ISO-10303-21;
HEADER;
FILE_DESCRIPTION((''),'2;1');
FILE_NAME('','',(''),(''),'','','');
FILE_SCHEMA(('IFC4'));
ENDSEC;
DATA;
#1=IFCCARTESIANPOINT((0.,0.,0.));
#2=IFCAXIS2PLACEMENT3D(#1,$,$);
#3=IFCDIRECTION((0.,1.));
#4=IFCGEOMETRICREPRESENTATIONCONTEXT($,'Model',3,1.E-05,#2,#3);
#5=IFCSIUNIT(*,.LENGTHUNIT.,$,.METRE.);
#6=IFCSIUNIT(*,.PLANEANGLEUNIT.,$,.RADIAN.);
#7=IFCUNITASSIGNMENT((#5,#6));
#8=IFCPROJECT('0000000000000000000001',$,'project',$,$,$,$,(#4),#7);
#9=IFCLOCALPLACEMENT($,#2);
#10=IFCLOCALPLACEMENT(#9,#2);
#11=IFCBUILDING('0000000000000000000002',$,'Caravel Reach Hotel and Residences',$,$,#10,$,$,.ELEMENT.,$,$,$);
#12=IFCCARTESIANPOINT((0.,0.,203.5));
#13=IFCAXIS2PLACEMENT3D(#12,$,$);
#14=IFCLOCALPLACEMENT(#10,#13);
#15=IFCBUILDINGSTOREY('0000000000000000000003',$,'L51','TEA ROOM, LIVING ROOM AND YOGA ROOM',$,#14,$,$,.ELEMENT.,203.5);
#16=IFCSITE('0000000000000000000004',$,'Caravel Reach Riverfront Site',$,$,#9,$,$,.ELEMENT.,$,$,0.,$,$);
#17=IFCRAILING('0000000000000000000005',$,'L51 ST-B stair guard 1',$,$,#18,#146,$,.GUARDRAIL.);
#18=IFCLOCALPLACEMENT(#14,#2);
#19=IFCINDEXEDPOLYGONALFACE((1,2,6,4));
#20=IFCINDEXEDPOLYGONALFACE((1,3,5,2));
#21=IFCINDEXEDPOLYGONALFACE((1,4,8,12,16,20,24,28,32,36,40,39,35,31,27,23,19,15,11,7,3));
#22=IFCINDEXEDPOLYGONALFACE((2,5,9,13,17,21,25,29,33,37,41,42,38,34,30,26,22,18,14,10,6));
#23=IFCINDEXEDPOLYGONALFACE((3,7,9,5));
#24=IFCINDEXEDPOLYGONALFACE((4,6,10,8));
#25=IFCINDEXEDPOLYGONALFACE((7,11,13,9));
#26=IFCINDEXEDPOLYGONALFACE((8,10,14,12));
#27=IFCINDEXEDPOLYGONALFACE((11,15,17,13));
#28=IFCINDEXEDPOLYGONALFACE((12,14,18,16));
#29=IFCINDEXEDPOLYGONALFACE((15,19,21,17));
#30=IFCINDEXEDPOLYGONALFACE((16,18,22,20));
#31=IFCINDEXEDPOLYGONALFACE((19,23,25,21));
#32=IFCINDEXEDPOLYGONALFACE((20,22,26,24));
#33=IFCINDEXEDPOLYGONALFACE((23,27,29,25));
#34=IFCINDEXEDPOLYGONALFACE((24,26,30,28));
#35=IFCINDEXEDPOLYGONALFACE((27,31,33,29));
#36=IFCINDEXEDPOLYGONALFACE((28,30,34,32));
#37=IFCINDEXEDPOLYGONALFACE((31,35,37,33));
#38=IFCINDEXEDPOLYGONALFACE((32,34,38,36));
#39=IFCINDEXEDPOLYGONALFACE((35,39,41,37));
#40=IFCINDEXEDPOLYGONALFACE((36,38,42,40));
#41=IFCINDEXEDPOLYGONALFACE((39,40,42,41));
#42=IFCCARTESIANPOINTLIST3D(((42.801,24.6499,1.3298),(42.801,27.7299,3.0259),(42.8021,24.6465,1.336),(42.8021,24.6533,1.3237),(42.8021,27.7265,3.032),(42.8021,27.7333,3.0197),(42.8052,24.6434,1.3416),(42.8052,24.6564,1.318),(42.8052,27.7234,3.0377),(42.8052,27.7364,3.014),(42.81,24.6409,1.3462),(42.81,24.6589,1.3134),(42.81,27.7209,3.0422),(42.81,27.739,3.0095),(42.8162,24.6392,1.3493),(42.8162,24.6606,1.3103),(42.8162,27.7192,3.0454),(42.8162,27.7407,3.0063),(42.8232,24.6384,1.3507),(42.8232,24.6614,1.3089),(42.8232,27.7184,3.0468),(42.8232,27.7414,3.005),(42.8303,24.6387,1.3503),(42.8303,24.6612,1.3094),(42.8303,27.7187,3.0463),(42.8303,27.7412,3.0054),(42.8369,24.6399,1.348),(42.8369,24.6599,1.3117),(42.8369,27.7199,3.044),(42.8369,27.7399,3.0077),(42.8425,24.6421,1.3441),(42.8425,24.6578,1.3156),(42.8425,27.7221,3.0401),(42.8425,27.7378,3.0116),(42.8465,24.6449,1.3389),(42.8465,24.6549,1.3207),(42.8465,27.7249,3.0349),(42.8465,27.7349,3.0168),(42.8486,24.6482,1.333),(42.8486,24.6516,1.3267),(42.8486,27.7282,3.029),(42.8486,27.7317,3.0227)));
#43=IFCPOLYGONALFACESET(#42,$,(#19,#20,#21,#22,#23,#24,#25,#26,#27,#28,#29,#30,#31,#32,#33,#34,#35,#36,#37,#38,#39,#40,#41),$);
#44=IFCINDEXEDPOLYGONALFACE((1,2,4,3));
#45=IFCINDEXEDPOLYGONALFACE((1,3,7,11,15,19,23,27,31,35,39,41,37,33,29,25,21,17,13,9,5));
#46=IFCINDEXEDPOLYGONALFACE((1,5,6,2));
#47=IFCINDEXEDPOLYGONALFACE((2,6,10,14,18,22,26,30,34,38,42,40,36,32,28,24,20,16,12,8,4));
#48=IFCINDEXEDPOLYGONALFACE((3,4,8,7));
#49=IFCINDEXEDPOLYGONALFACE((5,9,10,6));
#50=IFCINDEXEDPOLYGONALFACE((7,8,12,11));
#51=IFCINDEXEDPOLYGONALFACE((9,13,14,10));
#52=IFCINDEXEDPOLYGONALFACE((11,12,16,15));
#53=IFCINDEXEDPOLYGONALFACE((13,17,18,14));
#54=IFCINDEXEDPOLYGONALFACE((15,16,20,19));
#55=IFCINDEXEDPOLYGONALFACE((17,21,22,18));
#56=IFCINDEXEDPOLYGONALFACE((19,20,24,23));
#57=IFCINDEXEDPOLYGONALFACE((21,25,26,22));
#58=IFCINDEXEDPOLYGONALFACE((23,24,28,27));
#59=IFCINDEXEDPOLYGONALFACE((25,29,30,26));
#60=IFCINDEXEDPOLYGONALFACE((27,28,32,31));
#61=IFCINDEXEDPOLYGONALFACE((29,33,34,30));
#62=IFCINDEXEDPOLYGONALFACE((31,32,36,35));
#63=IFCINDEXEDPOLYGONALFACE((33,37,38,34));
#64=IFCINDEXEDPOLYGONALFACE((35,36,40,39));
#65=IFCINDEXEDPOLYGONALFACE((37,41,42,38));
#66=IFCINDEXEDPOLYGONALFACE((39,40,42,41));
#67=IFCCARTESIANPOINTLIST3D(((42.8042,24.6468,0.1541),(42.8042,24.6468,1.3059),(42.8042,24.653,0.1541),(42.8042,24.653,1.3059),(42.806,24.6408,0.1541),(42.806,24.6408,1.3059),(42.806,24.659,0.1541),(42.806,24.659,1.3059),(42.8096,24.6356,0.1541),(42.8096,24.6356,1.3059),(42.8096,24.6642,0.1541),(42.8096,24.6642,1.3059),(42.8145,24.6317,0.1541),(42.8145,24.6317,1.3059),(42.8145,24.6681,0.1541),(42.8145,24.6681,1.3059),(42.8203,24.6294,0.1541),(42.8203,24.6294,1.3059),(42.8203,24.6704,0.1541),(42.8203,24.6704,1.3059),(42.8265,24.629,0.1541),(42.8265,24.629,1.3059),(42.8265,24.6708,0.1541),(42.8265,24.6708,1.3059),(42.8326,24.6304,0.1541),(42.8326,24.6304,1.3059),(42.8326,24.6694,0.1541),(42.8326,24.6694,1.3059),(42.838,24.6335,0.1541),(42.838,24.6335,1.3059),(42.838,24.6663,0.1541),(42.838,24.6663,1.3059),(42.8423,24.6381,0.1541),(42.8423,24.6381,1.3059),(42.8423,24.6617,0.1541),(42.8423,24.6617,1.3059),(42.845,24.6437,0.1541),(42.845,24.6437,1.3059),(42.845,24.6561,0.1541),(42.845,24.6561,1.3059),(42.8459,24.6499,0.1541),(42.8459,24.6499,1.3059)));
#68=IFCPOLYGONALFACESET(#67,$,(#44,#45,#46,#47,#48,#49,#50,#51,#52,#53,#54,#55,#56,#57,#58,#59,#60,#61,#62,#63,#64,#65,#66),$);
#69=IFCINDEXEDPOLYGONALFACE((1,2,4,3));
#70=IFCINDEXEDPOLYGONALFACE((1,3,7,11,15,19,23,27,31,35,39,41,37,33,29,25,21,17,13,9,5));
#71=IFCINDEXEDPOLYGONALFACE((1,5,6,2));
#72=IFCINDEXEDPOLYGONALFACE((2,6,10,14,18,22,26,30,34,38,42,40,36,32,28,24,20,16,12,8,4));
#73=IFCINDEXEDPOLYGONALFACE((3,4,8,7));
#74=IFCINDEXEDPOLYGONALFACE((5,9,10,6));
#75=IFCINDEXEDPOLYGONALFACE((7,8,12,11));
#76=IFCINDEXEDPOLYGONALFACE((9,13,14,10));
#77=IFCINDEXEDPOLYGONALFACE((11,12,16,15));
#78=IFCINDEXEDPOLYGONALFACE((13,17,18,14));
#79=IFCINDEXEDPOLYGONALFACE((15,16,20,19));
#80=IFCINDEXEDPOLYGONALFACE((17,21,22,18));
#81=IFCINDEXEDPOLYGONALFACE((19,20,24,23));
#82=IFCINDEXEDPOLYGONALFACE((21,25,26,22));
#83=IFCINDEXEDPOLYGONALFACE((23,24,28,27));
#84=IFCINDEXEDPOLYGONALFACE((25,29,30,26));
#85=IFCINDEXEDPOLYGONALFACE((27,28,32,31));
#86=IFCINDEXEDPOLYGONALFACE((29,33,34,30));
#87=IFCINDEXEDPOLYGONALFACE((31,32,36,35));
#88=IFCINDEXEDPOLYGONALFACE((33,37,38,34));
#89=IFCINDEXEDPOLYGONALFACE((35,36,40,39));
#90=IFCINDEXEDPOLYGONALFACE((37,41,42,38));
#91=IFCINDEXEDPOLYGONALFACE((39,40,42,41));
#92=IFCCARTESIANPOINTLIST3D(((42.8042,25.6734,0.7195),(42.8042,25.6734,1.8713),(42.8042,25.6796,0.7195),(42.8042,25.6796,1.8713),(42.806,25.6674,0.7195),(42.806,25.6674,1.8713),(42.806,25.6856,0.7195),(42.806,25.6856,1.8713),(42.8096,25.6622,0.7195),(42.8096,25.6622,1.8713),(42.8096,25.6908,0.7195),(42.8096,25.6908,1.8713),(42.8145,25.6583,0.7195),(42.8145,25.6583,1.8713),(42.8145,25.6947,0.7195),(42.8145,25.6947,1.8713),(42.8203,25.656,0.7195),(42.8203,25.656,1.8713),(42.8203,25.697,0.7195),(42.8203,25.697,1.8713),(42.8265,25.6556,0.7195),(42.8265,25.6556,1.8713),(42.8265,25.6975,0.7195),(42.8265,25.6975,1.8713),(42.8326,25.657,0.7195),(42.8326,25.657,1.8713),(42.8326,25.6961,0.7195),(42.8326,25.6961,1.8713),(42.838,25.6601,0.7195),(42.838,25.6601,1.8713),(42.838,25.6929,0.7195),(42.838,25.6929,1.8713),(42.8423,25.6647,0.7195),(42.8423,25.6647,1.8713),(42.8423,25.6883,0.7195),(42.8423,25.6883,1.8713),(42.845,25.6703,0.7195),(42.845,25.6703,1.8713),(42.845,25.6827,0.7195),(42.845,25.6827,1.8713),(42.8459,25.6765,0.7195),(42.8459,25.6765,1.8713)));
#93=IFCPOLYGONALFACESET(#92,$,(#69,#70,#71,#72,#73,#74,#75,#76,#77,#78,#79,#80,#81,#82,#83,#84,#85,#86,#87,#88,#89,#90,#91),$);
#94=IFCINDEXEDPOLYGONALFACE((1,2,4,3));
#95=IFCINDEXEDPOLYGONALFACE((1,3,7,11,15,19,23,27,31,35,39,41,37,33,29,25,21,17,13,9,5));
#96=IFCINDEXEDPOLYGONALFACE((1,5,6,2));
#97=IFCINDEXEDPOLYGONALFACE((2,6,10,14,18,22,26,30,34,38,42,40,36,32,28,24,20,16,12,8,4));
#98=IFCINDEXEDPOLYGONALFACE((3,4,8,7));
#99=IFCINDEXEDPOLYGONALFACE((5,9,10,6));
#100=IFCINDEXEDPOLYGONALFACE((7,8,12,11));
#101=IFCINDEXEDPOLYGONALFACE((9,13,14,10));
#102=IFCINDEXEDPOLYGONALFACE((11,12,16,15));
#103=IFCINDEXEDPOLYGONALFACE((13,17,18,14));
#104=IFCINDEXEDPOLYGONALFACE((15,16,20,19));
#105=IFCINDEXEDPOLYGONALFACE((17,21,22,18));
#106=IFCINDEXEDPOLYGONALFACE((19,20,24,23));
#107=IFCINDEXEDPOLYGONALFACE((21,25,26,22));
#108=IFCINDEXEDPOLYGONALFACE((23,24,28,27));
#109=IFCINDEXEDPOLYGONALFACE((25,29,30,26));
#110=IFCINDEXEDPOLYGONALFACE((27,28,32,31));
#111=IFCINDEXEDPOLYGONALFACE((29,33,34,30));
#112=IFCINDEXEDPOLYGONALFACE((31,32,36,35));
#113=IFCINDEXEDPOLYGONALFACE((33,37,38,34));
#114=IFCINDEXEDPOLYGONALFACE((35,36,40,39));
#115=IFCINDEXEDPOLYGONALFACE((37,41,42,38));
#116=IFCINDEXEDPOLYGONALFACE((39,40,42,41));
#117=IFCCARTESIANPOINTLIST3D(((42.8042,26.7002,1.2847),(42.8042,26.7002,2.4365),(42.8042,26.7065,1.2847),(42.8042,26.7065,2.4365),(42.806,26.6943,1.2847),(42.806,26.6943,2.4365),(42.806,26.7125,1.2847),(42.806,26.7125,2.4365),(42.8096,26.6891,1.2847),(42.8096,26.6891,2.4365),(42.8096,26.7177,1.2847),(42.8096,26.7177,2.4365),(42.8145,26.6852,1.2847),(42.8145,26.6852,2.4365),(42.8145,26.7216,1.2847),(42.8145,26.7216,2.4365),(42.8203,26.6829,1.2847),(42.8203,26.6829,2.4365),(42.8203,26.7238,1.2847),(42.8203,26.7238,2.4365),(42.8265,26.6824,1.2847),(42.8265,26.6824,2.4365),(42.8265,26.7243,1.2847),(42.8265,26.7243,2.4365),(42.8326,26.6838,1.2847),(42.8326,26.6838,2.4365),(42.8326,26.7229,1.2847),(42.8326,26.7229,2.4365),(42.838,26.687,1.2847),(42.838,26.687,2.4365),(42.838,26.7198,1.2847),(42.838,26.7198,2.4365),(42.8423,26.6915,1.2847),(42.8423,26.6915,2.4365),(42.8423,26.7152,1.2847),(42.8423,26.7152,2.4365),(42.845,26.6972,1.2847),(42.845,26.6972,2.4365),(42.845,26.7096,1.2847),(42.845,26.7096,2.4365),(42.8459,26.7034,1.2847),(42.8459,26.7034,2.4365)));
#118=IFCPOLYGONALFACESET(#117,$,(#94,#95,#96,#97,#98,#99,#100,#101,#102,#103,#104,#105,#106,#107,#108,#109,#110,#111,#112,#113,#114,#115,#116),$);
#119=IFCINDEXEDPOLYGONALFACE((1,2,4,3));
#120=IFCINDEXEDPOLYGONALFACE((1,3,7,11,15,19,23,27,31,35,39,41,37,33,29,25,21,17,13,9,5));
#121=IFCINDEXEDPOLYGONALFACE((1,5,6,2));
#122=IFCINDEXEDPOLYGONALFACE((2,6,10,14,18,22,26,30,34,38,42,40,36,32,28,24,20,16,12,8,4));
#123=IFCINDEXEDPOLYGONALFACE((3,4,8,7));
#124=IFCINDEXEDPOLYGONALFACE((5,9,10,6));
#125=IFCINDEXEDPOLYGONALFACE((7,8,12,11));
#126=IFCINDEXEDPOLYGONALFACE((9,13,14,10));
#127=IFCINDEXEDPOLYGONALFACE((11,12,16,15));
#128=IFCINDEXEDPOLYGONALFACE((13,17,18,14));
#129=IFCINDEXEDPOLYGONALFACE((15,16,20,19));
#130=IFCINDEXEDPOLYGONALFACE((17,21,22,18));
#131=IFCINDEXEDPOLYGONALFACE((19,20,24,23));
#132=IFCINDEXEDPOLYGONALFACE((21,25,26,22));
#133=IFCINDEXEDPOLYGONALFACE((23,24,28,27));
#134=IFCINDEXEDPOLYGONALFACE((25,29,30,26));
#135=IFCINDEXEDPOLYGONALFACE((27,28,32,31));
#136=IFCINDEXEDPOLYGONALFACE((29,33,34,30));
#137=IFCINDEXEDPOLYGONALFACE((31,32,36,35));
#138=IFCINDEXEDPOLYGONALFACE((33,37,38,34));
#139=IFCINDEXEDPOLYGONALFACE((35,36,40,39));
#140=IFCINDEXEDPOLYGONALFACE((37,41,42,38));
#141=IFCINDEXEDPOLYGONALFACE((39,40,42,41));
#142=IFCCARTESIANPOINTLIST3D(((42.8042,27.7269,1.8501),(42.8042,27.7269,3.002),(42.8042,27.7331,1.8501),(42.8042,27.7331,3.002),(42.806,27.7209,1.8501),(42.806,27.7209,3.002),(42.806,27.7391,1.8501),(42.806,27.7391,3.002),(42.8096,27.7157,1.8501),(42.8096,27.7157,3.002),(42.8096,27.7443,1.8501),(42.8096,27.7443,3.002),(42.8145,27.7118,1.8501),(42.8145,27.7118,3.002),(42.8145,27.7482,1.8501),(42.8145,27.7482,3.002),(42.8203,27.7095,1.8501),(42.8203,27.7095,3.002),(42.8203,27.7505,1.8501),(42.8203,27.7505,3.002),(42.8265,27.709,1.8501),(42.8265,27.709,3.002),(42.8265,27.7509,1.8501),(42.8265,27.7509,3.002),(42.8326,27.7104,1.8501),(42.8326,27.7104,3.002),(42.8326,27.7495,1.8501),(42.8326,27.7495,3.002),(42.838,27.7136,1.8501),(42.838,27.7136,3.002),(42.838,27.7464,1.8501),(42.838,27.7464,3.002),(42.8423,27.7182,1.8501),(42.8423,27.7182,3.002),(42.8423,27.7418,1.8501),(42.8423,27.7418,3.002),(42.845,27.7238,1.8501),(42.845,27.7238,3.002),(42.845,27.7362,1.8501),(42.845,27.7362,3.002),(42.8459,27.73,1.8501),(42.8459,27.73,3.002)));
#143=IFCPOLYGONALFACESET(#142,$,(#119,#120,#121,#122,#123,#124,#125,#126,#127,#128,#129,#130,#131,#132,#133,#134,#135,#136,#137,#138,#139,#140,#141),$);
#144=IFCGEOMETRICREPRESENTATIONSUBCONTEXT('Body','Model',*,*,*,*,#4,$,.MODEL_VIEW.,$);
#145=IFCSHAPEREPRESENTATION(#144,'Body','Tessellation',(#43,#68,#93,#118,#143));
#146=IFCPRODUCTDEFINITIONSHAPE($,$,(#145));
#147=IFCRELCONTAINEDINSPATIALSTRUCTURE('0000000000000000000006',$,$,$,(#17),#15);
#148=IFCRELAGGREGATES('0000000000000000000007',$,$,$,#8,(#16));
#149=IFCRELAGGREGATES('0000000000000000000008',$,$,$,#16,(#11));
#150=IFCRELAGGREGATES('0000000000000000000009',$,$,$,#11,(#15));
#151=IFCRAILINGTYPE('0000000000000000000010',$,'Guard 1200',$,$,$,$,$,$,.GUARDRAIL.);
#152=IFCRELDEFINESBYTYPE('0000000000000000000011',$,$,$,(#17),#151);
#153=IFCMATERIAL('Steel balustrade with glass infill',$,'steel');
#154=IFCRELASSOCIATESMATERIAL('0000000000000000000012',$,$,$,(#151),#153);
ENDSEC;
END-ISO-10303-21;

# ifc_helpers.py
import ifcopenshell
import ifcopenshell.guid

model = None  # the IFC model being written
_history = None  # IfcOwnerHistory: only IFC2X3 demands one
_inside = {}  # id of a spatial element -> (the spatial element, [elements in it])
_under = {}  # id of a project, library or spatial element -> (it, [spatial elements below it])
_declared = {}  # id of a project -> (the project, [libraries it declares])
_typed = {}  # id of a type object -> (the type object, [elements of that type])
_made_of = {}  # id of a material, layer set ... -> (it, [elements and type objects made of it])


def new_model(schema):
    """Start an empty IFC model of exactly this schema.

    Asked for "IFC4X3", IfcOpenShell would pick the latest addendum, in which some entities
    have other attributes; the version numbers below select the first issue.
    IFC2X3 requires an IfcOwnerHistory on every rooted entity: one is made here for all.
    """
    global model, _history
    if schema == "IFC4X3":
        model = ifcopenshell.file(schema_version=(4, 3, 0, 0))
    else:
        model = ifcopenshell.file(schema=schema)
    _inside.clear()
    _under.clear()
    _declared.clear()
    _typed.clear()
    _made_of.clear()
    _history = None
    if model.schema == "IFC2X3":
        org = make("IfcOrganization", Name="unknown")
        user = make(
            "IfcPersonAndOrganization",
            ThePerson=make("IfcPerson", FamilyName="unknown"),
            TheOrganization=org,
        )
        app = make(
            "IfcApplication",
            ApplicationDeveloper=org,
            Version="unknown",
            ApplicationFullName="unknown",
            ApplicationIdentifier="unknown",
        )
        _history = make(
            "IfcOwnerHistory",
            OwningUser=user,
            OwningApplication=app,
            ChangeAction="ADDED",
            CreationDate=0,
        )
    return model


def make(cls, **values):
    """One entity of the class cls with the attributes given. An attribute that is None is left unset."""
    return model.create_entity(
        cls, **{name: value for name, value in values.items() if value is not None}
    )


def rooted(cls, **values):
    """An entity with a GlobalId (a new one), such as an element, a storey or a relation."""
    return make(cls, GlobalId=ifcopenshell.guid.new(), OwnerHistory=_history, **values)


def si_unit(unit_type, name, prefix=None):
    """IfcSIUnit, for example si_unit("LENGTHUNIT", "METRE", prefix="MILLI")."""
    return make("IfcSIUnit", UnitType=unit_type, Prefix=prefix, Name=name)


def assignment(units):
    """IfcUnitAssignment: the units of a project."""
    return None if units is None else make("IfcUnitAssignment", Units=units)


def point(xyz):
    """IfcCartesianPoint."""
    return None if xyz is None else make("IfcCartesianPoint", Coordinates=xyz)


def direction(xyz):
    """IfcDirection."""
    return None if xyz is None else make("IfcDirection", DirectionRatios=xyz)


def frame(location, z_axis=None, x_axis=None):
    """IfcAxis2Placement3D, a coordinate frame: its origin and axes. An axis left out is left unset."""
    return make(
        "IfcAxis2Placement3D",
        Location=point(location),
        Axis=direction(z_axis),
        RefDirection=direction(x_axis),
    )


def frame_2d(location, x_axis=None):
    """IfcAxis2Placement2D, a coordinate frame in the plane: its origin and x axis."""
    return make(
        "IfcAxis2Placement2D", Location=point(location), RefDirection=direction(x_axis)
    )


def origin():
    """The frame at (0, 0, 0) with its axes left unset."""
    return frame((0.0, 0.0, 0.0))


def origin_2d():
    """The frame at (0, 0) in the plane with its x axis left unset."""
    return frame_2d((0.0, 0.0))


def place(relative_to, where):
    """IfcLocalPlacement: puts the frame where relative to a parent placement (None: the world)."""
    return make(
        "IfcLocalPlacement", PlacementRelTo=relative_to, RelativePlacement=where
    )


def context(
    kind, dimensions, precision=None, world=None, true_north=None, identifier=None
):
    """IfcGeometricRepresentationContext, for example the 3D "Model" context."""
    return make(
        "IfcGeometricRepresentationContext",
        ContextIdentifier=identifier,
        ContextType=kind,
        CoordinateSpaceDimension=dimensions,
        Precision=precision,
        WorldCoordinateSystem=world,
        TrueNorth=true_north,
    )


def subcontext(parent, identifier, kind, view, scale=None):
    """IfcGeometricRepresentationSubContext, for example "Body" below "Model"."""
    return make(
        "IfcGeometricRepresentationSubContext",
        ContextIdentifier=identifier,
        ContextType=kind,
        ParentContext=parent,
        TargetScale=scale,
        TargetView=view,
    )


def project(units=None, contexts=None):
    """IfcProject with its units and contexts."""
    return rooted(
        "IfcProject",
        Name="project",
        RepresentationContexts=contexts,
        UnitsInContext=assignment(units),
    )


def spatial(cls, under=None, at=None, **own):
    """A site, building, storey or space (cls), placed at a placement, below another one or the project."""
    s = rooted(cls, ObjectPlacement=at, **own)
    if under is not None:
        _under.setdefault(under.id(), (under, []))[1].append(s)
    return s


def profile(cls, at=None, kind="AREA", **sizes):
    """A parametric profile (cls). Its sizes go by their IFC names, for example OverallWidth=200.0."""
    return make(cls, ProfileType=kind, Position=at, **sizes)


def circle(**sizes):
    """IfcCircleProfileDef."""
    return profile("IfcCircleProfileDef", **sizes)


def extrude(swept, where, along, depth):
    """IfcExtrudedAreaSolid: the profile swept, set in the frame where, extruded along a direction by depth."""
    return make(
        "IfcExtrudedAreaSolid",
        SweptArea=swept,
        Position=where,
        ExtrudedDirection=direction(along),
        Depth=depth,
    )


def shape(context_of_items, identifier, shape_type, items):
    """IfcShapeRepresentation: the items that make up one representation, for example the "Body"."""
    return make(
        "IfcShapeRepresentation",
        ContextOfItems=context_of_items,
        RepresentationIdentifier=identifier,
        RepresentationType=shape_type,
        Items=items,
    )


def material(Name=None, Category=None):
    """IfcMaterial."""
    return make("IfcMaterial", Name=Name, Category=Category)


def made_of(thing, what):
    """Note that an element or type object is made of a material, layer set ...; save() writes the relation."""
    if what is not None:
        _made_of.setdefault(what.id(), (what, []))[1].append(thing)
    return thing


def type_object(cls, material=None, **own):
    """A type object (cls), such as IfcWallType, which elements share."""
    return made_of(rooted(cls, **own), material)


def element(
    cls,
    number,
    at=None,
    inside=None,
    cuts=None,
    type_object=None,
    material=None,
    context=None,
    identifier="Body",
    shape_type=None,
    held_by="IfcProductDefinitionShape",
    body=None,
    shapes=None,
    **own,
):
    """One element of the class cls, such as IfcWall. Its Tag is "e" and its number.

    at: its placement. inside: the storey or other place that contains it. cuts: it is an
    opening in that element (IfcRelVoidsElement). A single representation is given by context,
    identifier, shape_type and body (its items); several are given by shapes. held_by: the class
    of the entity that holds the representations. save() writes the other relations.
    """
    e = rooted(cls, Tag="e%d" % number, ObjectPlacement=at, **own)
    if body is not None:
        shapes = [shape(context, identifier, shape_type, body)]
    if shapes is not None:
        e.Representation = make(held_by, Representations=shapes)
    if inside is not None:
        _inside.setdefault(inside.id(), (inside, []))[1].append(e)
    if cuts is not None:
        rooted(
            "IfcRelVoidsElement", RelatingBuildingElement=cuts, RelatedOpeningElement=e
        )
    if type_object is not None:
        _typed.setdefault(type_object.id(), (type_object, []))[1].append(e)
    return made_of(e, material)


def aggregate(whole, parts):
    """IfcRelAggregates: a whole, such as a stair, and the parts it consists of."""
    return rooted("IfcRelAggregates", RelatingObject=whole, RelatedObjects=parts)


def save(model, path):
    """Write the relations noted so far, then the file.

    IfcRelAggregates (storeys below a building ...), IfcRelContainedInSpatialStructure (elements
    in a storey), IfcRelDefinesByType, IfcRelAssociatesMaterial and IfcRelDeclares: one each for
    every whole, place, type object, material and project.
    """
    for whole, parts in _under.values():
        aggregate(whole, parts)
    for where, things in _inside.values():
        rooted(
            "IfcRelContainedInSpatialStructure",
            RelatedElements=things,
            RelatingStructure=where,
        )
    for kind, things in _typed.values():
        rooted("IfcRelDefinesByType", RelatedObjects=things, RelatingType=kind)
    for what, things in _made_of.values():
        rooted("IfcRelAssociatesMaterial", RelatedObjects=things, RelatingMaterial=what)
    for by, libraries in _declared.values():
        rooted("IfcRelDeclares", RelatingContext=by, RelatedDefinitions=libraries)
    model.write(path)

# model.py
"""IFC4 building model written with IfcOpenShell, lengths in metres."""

from ifc_helpers import new_model, si_unit, direction, frame, origin, origin_2d, place, context, subcontext, project, spatial, circle, extrude, material, type_object, element, save


model = new_model("IFC4")

# Units and contexts
model_context = context("Model", 3, precision=1e-05, world=origin(), true_north=direction((0.0, 1.0)))
body_context = subcontext(model_context, "Body", "Model", "MODEL_VIEW")
ifc_project = project(units=[si_unit("LENGTHUNIT", "METRE"), si_unit("PLANEANGLEUNIT", "RADIAN")], contexts=[model_context])

# Site, building, storey
site_placement = place(None, origin())
site = spatial("IfcSite", under=ifc_project, at=site_placement, Name="Caravel Reach Riverfront Site", CompositionType="ELEMENT", RefElevation=0.0)
building_placement = place(site_placement, origin())
building = spatial("IfcBuilding", under=site, at=building_placement, Name="Caravel Reach Hotel and Residences", CompositionType="ELEMENT")
storey_placement = place(building_placement, frame((0.0, 0.0, 203.5)))
storey = spatial("IfcBuildingStorey", under=building, at=storey_placement, Name="L51", Description="TEA ROOM, LIVING ROOM AND YOGA ROOM", CompositionType="ELEMENT", Elevation=203.5)

# Railing
ifc_material_1 = material(Name="Steel balustrade with glass infill", Category="steel")
railing_type_1 = type_object("IfcRailingType", Name="Guard 1200", PredefinedType="GUARDRAIL", material=ifc_material_1)
railing_1_placement = place(storey_placement, frame((42.825, 24.6499, 0.1541)))
element("IfcRailing", 1, at=railing_1_placement, inside=storey, type_object=railing_type_1, Name="L51 ST-B stair guard 1", PredefinedType="GUARDRAIL", context=body_context, shape_type="SweptSolid", body=[
    extrude(circle(Radius=0.0239, at=origin_2d()), frame((0.0, 0.0, 1.1758), z_axis=(0.0, 0.875975, 0.482356), x_axis=(-1.0, 0.0, 0.0)), (0.0, 0.0, 1.0), 3.5161),
    extrude(circle(Radius=0.021, at=origin_2d()), origin(), (0.0, 0.0, 1.0), 1.1519),
    extrude(circle(Radius=0.021, at=origin_2d()), frame((0.0, 1.0266, 0.5654)), (0.0, 0.0, 1.0), 1.1519),
    extrude(circle(Radius=0.021, at=origin_2d()), frame((0.0, 2.0535, 1.1306)), (0.0, 0.0, 1.0), 1.1519),
    extrude(circle(Radius=0.021, at=origin_2d()), frame((0.0, 3.0801, 1.696)), (0.0, 0.0, 1.0), 1.1519),
])

save(model, "model.ifc")
